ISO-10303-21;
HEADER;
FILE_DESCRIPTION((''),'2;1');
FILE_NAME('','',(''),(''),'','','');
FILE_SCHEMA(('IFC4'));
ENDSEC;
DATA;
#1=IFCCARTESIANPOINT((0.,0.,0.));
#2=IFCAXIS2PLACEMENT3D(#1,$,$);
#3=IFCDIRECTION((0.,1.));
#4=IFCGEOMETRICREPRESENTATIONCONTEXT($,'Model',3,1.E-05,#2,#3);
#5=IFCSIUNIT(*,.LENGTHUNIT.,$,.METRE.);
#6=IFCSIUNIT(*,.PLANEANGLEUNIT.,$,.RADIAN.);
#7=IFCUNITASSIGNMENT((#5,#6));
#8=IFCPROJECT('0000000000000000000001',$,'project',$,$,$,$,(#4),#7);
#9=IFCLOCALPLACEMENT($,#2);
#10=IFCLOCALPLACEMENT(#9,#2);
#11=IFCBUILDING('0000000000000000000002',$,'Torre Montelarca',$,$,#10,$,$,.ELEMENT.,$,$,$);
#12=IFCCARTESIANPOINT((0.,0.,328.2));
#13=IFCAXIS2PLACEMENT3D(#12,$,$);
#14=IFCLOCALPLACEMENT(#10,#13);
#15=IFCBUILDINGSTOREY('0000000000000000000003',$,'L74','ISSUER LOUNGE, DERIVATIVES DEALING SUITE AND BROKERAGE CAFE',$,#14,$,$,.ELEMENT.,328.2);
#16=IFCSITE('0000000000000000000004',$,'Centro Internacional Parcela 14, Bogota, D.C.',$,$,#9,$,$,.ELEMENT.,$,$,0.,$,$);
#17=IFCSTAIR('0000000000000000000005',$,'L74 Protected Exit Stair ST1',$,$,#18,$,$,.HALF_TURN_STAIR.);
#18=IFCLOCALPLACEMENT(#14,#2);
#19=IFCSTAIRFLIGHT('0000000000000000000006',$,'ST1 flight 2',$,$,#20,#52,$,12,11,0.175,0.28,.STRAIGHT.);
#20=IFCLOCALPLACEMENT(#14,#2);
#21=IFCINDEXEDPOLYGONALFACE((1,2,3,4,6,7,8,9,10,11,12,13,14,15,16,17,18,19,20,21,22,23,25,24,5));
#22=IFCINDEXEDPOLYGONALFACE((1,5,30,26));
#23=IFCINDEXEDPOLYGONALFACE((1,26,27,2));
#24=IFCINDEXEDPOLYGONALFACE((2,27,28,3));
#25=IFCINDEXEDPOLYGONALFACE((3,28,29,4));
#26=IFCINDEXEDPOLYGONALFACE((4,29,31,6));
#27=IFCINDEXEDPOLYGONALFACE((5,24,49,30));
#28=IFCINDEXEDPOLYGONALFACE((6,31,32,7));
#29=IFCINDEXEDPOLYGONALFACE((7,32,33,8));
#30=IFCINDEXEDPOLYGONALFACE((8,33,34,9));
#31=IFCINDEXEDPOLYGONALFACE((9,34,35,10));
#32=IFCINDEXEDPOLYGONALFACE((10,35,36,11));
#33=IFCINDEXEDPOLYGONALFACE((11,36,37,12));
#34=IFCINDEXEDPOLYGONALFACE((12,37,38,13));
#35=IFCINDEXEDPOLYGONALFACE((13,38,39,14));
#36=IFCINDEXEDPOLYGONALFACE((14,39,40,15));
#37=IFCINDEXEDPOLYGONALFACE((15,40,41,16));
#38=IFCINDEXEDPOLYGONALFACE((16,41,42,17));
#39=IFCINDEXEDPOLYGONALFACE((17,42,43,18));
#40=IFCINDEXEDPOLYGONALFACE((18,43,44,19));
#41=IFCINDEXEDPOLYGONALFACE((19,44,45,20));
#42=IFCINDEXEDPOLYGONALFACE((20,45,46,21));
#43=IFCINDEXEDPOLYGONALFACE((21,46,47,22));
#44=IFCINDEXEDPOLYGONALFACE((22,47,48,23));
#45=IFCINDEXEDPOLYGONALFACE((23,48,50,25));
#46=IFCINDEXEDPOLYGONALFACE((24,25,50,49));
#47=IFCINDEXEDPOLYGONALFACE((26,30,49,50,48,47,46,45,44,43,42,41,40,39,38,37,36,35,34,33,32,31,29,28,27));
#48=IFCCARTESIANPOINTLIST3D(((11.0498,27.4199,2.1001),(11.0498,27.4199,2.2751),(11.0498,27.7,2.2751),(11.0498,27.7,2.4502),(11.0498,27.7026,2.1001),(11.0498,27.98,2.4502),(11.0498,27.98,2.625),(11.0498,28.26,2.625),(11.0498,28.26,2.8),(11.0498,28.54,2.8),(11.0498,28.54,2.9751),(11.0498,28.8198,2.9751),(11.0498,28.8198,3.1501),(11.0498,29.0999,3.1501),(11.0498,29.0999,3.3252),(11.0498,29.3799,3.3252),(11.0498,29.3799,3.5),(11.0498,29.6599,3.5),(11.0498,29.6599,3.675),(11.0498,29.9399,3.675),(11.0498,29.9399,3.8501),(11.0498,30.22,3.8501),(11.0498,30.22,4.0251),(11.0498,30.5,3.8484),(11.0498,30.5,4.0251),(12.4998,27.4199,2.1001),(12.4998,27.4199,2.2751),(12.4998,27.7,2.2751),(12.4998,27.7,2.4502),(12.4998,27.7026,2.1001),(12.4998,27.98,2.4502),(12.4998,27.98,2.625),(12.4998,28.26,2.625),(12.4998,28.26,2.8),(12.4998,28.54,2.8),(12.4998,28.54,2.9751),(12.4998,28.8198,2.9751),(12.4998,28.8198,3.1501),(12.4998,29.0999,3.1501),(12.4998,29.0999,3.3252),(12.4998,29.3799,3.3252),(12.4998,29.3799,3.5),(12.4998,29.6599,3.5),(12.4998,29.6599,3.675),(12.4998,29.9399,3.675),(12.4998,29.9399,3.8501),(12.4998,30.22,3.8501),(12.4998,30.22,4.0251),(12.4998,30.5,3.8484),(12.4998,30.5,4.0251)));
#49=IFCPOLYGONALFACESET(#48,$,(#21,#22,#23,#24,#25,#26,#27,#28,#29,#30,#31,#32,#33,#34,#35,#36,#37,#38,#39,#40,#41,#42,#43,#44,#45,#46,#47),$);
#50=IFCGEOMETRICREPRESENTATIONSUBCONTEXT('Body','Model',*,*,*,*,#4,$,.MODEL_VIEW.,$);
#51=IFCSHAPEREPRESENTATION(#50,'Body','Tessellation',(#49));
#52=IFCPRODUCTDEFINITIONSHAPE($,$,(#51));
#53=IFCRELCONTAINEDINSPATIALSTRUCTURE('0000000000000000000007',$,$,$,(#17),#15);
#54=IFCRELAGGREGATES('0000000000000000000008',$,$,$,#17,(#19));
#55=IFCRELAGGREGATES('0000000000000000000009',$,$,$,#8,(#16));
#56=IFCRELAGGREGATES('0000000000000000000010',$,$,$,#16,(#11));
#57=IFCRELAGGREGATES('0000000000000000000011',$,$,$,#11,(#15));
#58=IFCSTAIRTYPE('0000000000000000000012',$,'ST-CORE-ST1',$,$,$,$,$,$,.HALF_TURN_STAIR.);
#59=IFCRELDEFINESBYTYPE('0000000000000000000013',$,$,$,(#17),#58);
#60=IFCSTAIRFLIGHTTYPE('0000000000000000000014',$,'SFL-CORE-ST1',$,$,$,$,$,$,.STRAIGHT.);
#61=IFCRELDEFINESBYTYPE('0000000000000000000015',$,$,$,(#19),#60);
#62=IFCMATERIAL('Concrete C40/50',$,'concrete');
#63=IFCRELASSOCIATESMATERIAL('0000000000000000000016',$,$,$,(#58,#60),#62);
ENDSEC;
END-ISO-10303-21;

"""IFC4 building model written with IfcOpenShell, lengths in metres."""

from ifc_helpers import new_model, si_unit, direction, frame, origin, place, context, subcontext, project, spatial, polyline, outline, extrude, material, type_object, element, aggregate, save


model = new_model("IFC4")

# Units and contexts
model_context = context("Model", 3, precision=1e-05, world=origin(), true_north=direction((0.0, 1.0)))
body_context = subcontext(model_context, "Body", "Model", "MODEL_VIEW")
ifc_project = project(units=[si_unit("LENGTHUNIT", "METRE"), si_unit("PLANEANGLEUNIT", "RADIAN")], contexts=[model_context])

# Site, building, storey
site_placement = place(None, origin())
site = spatial("IfcSite", under=ifc_project, at=site_placement, Name="Centro Internacional Parcela 14, Bogota, D.C.", CompositionType="ELEMENT", RefElevation=0.0)
building_placement = place(site_placement, origin())
building = spatial("IfcBuilding", under=site, at=building_placement, Name="Torre Montelarca", CompositionType="ELEMENT")
storey_placement = place(building_placement, frame((0.0, 0.0, 328.2)))
storey = spatial("IfcBuildingStorey", under=building, at=storey_placement, Name="L74", Description="ISSUER LOUNGE, DERIVATIVES DEALING SUITE AND BROKERAGE CAFE", CompositionType="ELEMENT", Elevation=328.2)

# Shared definitions
ifc_material_1 = material(Name="Concrete C40/50", Category="concrete")

# Stair, stair flight
stair_type = type_object("IfcStairType", Name="ST-CORE-ST1", PredefinedType="HALF_TURN_STAIR", material=ifc_material_1)
stair_placement = place(storey_placement, origin())
stair = element("IfcStair", 1, at=stair_placement, inside=storey, type_object=stair_type, Name="L74 Protected Exit Stair ST1", PredefinedType="HALF_TURN_STAIR")
stair_flight_type = type_object("IfcStairFlightType", Name="SFL-CORE-ST1", PredefinedType="STRAIGHT", material=ifc_material_1)
stair_flight_1_placement = place(storey_placement, frame((11.7749, 27.4199, 2.1001), z_axis=(0.0, 0.0, 1.0), x_axis=(0.0, 1.0, 0.0)))
stair_flight_1 = element("IfcStairFlight", 2, at=stair_flight_1_placement, type_object=stair_flight_type, Name="ST1 flight 2", NumberOfRisers=12, NumberOfTreads=11, PredefinedType="STRAIGHT", RiserHeight=0.175, TreadLength=0.28, context=body_context, shape_type="SweptSolid", body=[
    extrude(outline(polyline([(0.0, 0.0), (0.0, 0.175), (0.28, 0.175), (0.28, 0.3501), (0.5601, 0.3501), (0.5601, 0.5249), (0.8401, 0.5249), (0.8401, 0.7), (1.1201, 0.7), (1.1201, 0.875), (1.3999, 0.875), (1.3999, 1.05), (1.6799, 1.05), (1.6799, 1.2251), (1.96, 1.2251), (1.96, 1.3999), (2.24, 1.3999), (2.24, 1.575), (2.52, 1.575), (2.52, 1.75), (2.8, 1.75), (2.8, 1.925), (3.0801, 1.925), (3.0801, 2.1001), (3.0801, 1.7483), (0.2827, 0.0), (0.0, 0.0)])), frame((0.0, 0.7251, 0.0), z_axis=(0.0, -1.0, 0.0), x_axis=(1.0, 0.0, 0.0)), (0.0, 0.0, 1.0), 1.45),
])
aggregate(stair, [stair_flight_1])

save(model, "model.ifc")
